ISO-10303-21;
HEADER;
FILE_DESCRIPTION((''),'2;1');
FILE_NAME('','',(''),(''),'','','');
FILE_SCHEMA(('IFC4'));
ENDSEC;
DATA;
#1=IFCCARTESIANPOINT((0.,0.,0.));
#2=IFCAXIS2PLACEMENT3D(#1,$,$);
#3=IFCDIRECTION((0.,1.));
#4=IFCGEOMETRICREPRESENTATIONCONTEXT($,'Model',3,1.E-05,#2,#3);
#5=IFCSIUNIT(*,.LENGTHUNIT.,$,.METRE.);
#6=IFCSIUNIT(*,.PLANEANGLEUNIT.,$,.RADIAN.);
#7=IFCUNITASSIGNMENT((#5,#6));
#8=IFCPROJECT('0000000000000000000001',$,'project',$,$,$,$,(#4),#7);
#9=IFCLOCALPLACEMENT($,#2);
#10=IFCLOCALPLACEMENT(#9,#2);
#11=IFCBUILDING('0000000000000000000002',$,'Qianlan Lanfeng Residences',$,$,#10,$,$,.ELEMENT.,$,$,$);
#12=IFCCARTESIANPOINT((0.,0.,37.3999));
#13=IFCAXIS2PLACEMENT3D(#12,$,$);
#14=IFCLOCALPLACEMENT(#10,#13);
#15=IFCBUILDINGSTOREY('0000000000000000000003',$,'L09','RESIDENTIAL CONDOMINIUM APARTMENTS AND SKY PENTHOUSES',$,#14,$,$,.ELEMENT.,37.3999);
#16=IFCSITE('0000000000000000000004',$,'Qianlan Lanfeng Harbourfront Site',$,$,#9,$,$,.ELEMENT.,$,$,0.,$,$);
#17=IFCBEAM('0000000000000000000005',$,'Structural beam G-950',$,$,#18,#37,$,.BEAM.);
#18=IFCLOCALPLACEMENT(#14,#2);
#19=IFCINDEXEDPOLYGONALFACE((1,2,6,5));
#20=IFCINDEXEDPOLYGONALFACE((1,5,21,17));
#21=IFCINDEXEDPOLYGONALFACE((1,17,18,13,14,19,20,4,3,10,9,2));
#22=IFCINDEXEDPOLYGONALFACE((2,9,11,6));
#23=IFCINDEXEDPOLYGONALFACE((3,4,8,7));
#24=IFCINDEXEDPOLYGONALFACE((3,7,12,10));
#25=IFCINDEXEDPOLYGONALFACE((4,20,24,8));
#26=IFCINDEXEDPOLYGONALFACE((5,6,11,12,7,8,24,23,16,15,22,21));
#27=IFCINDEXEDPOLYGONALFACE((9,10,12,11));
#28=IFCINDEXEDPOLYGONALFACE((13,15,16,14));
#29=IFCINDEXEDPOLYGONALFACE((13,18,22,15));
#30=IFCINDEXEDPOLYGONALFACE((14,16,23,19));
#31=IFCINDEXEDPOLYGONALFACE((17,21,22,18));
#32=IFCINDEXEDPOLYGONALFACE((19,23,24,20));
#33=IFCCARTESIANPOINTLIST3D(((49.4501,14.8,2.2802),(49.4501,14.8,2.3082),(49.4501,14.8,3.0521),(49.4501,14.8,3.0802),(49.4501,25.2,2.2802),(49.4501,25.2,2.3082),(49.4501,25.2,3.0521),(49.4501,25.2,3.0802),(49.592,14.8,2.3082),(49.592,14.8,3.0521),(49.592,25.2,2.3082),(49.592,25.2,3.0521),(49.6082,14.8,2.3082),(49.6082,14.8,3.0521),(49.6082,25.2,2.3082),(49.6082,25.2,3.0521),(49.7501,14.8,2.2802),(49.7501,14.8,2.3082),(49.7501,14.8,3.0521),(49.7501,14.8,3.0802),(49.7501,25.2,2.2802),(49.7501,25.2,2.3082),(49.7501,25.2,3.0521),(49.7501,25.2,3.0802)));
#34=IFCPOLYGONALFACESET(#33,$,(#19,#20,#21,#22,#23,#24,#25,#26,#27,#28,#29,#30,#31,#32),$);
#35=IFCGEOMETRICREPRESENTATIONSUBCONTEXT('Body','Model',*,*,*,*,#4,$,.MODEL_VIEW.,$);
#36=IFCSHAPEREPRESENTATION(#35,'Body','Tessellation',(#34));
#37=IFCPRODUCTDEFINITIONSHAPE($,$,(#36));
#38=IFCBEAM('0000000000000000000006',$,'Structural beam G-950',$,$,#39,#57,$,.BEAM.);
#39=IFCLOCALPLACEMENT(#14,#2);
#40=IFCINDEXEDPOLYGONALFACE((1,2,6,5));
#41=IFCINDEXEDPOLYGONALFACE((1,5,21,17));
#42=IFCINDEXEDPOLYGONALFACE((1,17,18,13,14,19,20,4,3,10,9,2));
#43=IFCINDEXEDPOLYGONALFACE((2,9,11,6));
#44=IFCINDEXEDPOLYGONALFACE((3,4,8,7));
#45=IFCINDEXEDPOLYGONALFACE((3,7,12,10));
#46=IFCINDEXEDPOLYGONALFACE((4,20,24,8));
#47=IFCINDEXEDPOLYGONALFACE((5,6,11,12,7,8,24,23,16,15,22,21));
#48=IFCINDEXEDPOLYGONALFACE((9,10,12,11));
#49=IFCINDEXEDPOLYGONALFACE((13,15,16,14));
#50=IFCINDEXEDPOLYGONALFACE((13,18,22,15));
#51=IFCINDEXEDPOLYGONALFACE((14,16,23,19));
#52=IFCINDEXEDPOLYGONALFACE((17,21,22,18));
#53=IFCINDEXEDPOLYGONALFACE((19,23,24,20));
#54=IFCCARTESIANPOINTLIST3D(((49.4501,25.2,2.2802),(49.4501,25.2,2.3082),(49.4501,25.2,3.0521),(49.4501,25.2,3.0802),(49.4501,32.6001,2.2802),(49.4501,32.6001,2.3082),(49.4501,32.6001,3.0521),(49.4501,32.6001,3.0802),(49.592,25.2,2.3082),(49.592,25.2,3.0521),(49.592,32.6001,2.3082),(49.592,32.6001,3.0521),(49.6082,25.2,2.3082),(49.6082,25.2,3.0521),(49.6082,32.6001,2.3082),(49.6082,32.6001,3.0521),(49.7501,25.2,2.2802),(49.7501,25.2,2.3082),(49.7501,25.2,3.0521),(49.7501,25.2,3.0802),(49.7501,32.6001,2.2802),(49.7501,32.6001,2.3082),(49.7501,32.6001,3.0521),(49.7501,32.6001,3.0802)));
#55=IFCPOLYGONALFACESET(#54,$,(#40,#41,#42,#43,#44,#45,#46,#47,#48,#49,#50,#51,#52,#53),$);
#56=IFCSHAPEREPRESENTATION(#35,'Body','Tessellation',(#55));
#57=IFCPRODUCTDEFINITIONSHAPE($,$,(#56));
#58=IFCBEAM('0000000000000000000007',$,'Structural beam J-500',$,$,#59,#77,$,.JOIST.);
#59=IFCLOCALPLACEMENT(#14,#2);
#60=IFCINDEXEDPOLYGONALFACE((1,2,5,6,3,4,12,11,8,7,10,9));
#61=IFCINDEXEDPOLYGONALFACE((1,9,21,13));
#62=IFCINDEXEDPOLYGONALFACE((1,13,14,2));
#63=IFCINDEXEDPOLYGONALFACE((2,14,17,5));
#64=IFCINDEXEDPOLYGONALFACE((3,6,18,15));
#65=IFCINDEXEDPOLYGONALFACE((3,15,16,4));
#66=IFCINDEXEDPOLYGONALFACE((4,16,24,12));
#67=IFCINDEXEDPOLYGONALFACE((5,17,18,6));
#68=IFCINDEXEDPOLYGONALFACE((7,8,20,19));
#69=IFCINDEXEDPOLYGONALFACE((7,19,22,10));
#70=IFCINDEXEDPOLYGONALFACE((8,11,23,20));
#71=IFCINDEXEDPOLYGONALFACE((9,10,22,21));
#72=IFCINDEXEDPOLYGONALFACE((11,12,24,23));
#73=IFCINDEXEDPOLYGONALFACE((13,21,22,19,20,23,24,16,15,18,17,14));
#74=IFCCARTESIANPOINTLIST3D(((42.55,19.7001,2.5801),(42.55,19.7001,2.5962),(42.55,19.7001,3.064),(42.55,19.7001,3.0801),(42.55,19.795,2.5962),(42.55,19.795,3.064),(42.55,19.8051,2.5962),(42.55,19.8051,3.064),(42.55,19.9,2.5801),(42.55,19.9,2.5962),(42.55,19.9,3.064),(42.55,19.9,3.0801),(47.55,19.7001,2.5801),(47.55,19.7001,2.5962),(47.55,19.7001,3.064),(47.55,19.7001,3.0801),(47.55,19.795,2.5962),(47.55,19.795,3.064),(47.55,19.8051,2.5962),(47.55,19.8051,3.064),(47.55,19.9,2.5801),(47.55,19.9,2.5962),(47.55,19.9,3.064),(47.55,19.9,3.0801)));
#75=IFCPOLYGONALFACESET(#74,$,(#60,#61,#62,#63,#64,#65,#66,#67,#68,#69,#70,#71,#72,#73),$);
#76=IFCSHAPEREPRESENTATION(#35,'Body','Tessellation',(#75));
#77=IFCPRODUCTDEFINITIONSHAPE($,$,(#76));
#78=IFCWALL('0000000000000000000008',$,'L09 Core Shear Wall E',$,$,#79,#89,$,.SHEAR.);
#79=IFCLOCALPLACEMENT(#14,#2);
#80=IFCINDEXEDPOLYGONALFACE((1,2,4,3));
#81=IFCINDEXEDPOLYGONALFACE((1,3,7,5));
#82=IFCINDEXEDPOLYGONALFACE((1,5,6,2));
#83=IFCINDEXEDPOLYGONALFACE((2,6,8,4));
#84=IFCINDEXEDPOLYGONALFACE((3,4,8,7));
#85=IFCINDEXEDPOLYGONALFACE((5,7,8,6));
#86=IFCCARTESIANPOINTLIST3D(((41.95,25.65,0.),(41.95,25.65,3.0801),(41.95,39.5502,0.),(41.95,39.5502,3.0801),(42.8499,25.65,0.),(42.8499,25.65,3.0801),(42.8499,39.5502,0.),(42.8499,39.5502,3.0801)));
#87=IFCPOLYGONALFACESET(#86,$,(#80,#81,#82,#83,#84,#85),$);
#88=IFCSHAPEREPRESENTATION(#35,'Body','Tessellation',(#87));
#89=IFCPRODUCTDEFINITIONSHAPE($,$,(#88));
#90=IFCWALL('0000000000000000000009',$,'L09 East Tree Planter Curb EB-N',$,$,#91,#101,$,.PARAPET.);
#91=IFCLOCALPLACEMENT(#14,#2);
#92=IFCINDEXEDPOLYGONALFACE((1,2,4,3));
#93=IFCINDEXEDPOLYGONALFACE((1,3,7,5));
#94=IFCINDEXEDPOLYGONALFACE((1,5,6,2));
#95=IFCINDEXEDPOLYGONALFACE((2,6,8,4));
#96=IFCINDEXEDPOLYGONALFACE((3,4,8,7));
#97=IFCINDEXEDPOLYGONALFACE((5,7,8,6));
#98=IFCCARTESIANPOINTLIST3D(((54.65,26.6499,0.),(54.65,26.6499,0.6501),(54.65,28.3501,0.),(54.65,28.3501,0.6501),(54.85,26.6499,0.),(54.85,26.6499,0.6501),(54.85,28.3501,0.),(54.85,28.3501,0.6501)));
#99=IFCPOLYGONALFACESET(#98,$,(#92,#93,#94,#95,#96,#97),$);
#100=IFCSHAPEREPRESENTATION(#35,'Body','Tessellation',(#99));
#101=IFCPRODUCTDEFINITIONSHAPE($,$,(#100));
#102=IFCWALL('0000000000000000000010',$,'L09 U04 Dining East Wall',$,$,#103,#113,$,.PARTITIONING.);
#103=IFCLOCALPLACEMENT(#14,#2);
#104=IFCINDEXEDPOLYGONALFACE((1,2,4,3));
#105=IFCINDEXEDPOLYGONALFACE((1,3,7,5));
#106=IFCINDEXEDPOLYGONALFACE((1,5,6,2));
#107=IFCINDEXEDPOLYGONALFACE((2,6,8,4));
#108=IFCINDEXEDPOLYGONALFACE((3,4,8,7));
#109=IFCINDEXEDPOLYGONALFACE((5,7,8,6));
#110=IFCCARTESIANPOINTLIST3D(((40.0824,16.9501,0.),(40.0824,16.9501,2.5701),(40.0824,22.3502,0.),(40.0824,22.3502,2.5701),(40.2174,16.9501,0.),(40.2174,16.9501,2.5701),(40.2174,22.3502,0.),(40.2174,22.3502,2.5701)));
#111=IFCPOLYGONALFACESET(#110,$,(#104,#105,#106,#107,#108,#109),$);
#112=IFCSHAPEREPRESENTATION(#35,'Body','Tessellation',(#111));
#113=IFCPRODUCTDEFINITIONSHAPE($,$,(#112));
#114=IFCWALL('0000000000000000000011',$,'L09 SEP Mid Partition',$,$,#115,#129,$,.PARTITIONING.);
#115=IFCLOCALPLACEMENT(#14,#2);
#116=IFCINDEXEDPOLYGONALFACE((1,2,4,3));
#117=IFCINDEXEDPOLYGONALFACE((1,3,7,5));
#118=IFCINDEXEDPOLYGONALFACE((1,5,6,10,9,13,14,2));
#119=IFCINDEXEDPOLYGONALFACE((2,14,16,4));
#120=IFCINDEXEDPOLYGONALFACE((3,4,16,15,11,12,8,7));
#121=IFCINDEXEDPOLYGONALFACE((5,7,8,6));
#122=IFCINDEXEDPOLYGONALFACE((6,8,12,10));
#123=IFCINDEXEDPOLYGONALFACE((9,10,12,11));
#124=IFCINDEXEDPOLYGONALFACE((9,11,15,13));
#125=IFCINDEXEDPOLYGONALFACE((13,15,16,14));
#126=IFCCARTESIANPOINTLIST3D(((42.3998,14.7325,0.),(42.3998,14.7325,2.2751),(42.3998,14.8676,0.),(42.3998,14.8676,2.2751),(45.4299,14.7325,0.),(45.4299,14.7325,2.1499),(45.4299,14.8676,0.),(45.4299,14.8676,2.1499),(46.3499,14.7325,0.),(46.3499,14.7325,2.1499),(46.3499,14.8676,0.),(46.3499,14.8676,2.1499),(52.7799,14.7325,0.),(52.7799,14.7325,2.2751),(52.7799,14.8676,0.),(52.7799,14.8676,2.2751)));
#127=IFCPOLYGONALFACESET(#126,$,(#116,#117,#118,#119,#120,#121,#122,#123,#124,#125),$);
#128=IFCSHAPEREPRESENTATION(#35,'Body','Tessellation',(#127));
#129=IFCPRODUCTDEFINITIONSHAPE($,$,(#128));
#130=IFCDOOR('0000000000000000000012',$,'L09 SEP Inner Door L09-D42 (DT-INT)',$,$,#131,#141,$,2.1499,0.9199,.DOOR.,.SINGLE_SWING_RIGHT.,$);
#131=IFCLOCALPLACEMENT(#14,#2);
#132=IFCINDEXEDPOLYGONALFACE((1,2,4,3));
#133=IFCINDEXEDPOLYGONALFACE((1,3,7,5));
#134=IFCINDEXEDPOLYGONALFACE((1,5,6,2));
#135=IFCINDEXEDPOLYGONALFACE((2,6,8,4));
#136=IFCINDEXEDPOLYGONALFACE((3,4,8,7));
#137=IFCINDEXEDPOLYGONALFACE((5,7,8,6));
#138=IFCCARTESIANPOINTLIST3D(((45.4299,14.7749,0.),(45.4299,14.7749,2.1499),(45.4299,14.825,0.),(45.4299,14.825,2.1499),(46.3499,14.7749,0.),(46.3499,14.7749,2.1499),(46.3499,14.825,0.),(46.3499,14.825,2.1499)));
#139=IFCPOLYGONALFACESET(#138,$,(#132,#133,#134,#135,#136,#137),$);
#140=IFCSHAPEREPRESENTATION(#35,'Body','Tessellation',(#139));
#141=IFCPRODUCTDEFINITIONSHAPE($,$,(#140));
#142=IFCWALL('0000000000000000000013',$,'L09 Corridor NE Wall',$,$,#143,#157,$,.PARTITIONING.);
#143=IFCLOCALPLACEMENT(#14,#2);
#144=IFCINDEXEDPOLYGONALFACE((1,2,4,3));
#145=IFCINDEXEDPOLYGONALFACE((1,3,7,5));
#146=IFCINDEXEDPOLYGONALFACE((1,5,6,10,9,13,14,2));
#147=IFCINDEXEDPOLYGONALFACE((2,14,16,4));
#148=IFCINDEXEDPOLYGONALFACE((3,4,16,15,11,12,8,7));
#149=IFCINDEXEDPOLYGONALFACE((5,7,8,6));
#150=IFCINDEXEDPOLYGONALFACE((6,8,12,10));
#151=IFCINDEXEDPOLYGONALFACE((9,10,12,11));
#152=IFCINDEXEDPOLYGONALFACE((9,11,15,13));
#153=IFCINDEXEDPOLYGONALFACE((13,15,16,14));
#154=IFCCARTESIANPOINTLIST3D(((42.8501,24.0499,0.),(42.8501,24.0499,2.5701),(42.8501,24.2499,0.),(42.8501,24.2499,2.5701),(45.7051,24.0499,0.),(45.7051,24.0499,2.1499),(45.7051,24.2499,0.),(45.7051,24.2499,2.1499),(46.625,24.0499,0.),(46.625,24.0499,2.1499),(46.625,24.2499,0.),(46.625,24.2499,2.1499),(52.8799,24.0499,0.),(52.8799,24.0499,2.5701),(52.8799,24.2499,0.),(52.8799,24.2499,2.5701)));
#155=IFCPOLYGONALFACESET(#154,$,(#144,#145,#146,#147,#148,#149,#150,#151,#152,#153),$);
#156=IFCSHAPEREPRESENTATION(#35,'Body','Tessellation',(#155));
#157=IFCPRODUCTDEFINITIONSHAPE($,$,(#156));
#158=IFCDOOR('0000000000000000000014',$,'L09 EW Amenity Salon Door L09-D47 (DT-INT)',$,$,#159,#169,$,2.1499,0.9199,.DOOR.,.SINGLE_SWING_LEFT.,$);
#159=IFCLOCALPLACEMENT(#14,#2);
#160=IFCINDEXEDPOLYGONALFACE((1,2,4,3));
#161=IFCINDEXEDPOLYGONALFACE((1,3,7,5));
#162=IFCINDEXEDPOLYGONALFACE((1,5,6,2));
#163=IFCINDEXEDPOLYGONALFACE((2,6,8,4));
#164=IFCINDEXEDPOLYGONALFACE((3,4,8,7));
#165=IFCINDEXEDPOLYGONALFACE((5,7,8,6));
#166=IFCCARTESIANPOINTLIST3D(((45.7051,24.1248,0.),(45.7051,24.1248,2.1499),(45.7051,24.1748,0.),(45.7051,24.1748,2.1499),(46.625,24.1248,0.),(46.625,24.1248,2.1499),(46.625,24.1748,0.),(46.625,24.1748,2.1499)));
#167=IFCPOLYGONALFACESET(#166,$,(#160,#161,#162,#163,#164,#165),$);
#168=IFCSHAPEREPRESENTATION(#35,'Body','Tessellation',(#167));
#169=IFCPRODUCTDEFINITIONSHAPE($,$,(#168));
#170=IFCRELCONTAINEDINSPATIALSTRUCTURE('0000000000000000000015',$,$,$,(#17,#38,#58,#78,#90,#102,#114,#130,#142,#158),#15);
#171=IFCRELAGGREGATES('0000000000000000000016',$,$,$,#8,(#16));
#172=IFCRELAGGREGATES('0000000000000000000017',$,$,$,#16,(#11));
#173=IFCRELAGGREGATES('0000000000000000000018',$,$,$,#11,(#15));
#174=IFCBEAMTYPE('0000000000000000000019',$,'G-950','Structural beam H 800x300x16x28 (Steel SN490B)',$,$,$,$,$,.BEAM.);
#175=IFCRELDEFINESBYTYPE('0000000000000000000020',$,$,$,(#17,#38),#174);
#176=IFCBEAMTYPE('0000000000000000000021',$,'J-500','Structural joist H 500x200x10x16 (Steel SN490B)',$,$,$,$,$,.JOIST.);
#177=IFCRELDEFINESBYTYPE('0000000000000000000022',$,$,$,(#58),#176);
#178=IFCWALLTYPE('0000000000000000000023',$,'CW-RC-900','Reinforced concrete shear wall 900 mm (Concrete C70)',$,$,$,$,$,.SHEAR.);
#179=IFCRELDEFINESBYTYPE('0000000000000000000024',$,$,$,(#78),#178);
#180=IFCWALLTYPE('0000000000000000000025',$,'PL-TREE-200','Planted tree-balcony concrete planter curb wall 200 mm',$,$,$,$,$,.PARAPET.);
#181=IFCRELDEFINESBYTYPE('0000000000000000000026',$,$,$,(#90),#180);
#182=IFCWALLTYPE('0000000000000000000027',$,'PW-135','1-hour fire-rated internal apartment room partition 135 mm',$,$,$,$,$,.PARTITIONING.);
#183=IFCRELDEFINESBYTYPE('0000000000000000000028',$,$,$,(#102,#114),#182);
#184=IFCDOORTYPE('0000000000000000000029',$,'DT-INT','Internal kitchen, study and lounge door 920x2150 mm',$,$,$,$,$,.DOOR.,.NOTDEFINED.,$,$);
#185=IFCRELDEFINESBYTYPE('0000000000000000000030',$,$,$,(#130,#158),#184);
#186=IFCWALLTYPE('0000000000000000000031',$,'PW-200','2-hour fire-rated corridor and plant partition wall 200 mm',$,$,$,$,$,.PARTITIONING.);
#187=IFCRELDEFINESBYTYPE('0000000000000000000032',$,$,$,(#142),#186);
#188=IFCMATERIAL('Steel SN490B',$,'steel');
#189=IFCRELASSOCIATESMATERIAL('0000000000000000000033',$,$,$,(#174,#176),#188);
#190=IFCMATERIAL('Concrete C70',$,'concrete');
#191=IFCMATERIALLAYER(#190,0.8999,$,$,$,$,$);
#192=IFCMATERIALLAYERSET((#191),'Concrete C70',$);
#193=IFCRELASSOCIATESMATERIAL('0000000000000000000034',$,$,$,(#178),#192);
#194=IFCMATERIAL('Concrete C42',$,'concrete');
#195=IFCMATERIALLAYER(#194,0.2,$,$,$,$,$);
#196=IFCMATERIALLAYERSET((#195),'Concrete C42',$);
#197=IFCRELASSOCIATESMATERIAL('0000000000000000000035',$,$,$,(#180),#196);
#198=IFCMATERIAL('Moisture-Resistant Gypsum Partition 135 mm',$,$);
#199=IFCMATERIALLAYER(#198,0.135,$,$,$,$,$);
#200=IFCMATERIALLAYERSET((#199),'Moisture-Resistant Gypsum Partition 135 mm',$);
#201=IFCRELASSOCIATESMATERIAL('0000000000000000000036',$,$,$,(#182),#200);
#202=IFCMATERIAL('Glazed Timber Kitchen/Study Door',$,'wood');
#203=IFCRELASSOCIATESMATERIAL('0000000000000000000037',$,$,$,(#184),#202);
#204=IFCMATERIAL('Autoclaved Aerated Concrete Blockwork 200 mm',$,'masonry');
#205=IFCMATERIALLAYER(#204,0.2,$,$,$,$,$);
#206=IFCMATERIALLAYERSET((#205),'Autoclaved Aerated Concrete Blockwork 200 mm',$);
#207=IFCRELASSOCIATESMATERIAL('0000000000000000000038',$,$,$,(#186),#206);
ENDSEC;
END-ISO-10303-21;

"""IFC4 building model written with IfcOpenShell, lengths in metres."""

from ifc_helpers import new_model, si_unit, direction, frame, frame_2d, origin, origin_2d, place, context, subcontext, project, spatial, rectangle, i_section, extrude, material, layer, layer_set, material_profile, profile_set, type_object, element, fill, save


model = new_model("IFC4")

# Units and contexts
model_context = context("Model", 3, precision=1e-05, world=origin(), true_north=direction((0.0, 1.0)))
body_context = subcontext(model_context, "Body", "Model", "MODEL_VIEW")
ifc_project = project(units=[si_unit("LENGTHUNIT", "METRE"), si_unit("PLANEANGLEUNIT", "RADIAN")], contexts=[model_context])

# Site, building, storey
site_placement = place(None, origin())
site = spatial("IfcSite", under=ifc_project, at=site_placement, Name="Qianlan Lanfeng Harbourfront Site", CompositionType="ELEMENT", RefElevation=0.0)
building_placement = place(site_placement, origin())
building = spatial("IfcBuilding", under=site, at=building_placement, Name="Qianlan Lanfeng Residences", CompositionType="ELEMENT")
storey_placement = place(building_placement, frame((0.0, 0.0, 37.3999)))
storey = spatial("IfcBuildingStorey", under=building, at=storey_placement, Name="L09", Description="RESIDENTIAL CONDOMINIUM APARTMENTS AND SKY PENTHOUSES", CompositionType="ELEMENT", Elevation=37.3999)

# Beams
ifc_material_1 = material(Name="Steel SN490B", Category="steel")
ifc_material_profile_1 = material_profile(ifc_material_1, i_section(OverallWidth=0.3, OverallDepth=0.8, WebThickness=0.0161, FlangeThickness=0.0281, at=origin_2d()), Name="H 800x300x16x28")
ifc_profile_set_1 = profile_set([ifc_material_profile_1], Name="Steel SN490B")
beam_type_1 = type_object("IfcBeamType", Name="G-950", Description="Structural beam H 800x300x16x28 (Steel SN490B)", PredefinedType="BEAM", material=ifc_profile_set_1)
beam_1_placement = place(storey_placement, frame((49.6001, 14.8, 2.6802), z_axis=(0.0, 1.0, 0.0), x_axis=(-1.0, 0.0, 0.0)))
element("IfcBeam", 1, at=beam_1_placement, inside=storey, type_object=beam_type_1, Name="Structural beam G-950", PredefinedType="BEAM", context=body_context, shape_type="SweptSolid", body=[
    extrude(i_section(OverallWidth=0.3, OverallDepth=0.8, WebThickness=0.0161, FlangeThickness=0.0281, at=origin_2d()), origin(), (0.0, 0.0, 1.0), 10.3999),
])
beam_2_placement = place(storey_placement, frame((49.6001, 25.2, 2.6802), z_axis=(0.0, 1.0, 0.0), x_axis=(-1.0, 0.0, 0.0)))
element("IfcBeam", 2, at=beam_2_placement, inside=storey, type_object=beam_type_1, Name="Structural beam G-950", PredefinedType="BEAM", context=body_context, shape_type="SweptSolid", body=[
    extrude(i_section(OverallWidth=0.3, OverallDepth=0.8, WebThickness=0.0161, FlangeThickness=0.0281, at=origin_2d()), origin(), (0.0, 0.0, 1.0), 7.4001),
])
ifc_material_profile_2 = material_profile(ifc_material_1, i_section(OverallWidth=0.2, OverallDepth=0.5, WebThickness=0.01, FlangeThickness=0.0161, at=origin_2d()), Name="H 500x200x10x16")
ifc_profile_set_2 = profile_set([ifc_material_profile_2], Name="Steel SN490B")
beam_type_2 = type_object("IfcBeamType", Name="J-500", Description="Structural joist H 500x200x10x16 (Steel SN490B)", PredefinedType="JOIST", material=ifc_profile_set_2)
beam_3_placement = place(storey_placement, frame((42.55, 19.8, 2.8301), z_axis=(1.0, 0.0, 0.0), x_axis=(0.0, 1.0, 0.0)))
element("IfcBeam", 3, at=beam_3_placement, inside=storey, type_object=beam_type_2, Name="Structural beam J-500", PredefinedType="JOIST", context=body_context, shape_type="SweptSolid", body=[
    extrude(i_section(OverallWidth=0.2, OverallDepth=0.5, WebThickness=0.01, FlangeThickness=0.0161, at=origin_2d()), origin(), (0.0, 0.0, 1.0), 5.0),
])

# Walls
ifc_material_2 = material(Name="Concrete C70", Category="concrete")
ifc_layer_1 = layer(ifc_material_2, 0.8999)
ifc_layer_set_1 = layer_set([ifc_layer_1], Name="Concrete C70")
wall_type_1 = type_object("IfcWallType", Name="CW-RC-900", Description="Reinforced concrete shear wall 900 mm (Concrete C70)", PredefinedType="SHEAR", material=ifc_layer_set_1)
wall_1_placement = place(storey_placement, frame((42.3999, 25.6499, 0.0), z_axis=(0.0, 0.0, 1.0), x_axis=(0.0, 1.0, 0.0)))
element("IfcWall", 4, at=wall_1_placement, inside=storey, type_object=wall_type_1, Name="L09 Core Shear Wall E", PredefinedType="SHEAR", context=body_context, shape_type="SweptSolid", body=[
    extrude(rectangle(XDim=13.9001, YDim=0.8999, at=frame_2d((6.9502, 0.0))), origin(), (0.0, 0.0, 1.0), 3.0801),
])
ifc_material_3 = material(Name="Concrete C42", Category="concrete")
ifc_layer_2 = layer(ifc_material_3, 0.2)
ifc_layer_set_2 = layer_set([ifc_layer_2], Name="Concrete C42")
wall_type_2 = type_object("IfcWallType", Name="PL-TREE-200", Description="Planted tree-balcony concrete planter curb wall 200 mm", PredefinedType="PARAPET", material=ifc_layer_set_2)
wall_2_placement = place(storey_placement, frame((54.75, 26.6499, 0.0), z_axis=(0.0, 0.0, 1.0), x_axis=(0.0, 1.0, 0.0)))
element("IfcWall", 5, at=wall_2_placement, inside=storey, type_object=wall_type_2, Name="L09 East Tree Planter Curb EB-N", PredefinedType="PARAPET", context=body_context, shape_type="SweptSolid", body=[
    extrude(rectangle(XDim=1.7002, YDim=0.2, at=frame_2d((0.8501, 0.0))), origin(), (0.0, 0.0, 1.0), 0.6501),
])
ifc_material_4 = material(Name="Moisture-Resistant Gypsum Partition 135 mm")
ifc_layer_3 = layer(ifc_material_4, 0.135)
ifc_layer_set_3 = layer_set([ifc_layer_3], Name="Moisture-Resistant Gypsum Partition 135 mm")
wall_type_3 = type_object("IfcWallType", Name="PW-135", Description="1-hour fire-rated internal apartment room partition 135 mm", PredefinedType="PARTITIONING", material=ifc_layer_set_3)
wall_3_placement = place(storey_placement, frame((40.1499, 16.95, 0.0), z_axis=(0.0, 0.0, 1.0), x_axis=(0.0, 1.0, 0.0)))
element("IfcWall", 6, at=wall_3_placement, inside=storey, type_object=wall_type_3, Name="L09 U04 Dining East Wall", PredefinedType="PARTITIONING", context=body_context, shape_type="SweptSolid", body=[
    extrude(rectangle(XDim=5.4001, YDim=0.135, at=frame_2d((2.7002, 0.0))), origin(), (0.0, 0.0, 1.0), 2.5701),
])

# Walls, openings, doors
wall_4_placement = place(storey_placement, frame((42.3999, 14.8, 0.0), z_axis=(0.0, 0.0, 1.0), x_axis=(1.0, 0.0, 0.0)))
wall_4 = element("IfcWall", 7, at=wall_4_placement, inside=storey, type_object=wall_type_3, Name="L09 SEP Mid Partition", PredefinedType="PARTITIONING", context=body_context, shape_type="SweptSolid", body=[
    extrude(rectangle(XDim=10.3801, YDim=0.135, at=frame_2d((5.1899, 0.0))), origin(), (0.0, 0.0, 1.0), 2.2751),
])
opening_1_placement = place(wall_4_placement, frame((3.03, 0.0, 0.0)))
opening_1 = element("IfcOpeningElement", 8, at=opening_1_placement, cuts=wall_4, PredefinedType="OPENING", context=body_context, shape_type="SweptSolid", body=[
    extrude(rectangle(XDim=0.9199, YDim=2.1499, at=frame_2d((0.46, 1.075))), frame((0.0, 0.0776, 0.0), z_axis=(0.0, -1.0, 0.0), x_axis=(1.0, 0.0, 0.0)), (0.0, 0.0, 1.0), 0.155),
])
ifc_material_5 = material(Name="Glazed Timber Kitchen/Study Door", Category="wood")
door_type = type_object("IfcDoorType", Name="DT-INT", Description="Internal kitchen, study and lounge door 920x2150 mm", OperationType="NOTDEFINED", PredefinedType="DOOR", material=ifc_material_5)
door_1_placement = place(opening_1_placement, origin())
door_1 = element("IfcDoor", 9, at=door_1_placement, inside=storey, type_object=door_type, Name="L09 SEP Inner Door L09-D42 (DT-INT)", OperationType="SINGLE_SWING_RIGHT", OverallHeight=2.1499, OverallWidth=0.9199, PredefinedType="DOOR", context=body_context, shape_type="SweptSolid", body=[
    extrude(rectangle(XDim=0.9199, YDim=2.1499, at=frame_2d((0.46, 1.075))), frame((0.0, 0.0249, 0.0), z_axis=(0.0, -1.0, 0.0), x_axis=(1.0, 0.0, 0.0)), (0.0, 0.0, 1.0), 0.05),
])
fill(opening_1, door_1)
ifc_material_6 = material(Name="Autoclaved Aerated Concrete Blockwork 200 mm", Category="masonry")
ifc_layer_4 = layer(ifc_material_6, 0.2)
ifc_layer_set_4 = layer_set([ifc_layer_4], Name="Autoclaved Aerated Concrete Blockwork 200 mm")
wall_type_4 = type_object("IfcWallType", Name="PW-200", Description="2-hour fire-rated corridor and plant partition wall 200 mm", PredefinedType="PARTITIONING", material=ifc_layer_set_4)
wall_5_placement = place(storey_placement, frame((42.8501, 24.1499, 0.0), z_axis=(0.0, 0.0, 1.0), x_axis=(1.0, 0.0, 0.0)))
wall_5 = element("IfcWall", 10, at=wall_5_placement, inside=storey, type_object=wall_type_4, Name="L09 Corridor NE Wall", PredefinedType="PARTITIONING", context=body_context, shape_type="SweptSolid", body=[
    extrude(rectangle(XDim=10.0298, YDim=0.2, at=frame_2d((5.0149, 0.0))), origin(), (0.0, 0.0, 1.0), 2.5701),
])
opening_2_placement = place(wall_5_placement, frame((2.855, 0.0, 0.0)))
opening_2 = element("IfcOpeningElement", 11, at=opening_2_placement, cuts=wall_5, PredefinedType="OPENING", context=body_context, shape_type="SweptSolid", body=[
    extrude(rectangle(XDim=0.9199, YDim=2.1499, at=frame_2d((0.46, 1.075))), frame((0.0, 0.1099, 0.0), z_axis=(0.0, -1.0, 0.0), x_axis=(1.0, 0.0, 0.0)), (0.0, 0.0, 1.0), 0.22),
])
door_2_placement = place(opening_2_placement, origin())
door_2 = element("IfcDoor", 12, at=door_2_placement, inside=storey, type_object=door_type, Name="L09 EW Amenity Salon Door L09-D47 (DT-INT)", OperationType="SINGLE_SWING_LEFT", OverallHeight=2.1499, OverallWidth=0.9199, PredefinedType="DOOR", context=body_context, shape_type="SweptSolid", body=[
    extrude(rectangle(XDim=0.9199, YDim=2.1499, at=frame_2d((0.46, 1.075))), frame((0.0, 0.0249, 0.0), z_axis=(0.0, -1.0, 0.0), x_axis=(1.0, 0.0, 0.0)), (0.0, 0.0, 1.0), 0.05),
])
fill(opening_2, door_2)

save(model, "model.ifc")
